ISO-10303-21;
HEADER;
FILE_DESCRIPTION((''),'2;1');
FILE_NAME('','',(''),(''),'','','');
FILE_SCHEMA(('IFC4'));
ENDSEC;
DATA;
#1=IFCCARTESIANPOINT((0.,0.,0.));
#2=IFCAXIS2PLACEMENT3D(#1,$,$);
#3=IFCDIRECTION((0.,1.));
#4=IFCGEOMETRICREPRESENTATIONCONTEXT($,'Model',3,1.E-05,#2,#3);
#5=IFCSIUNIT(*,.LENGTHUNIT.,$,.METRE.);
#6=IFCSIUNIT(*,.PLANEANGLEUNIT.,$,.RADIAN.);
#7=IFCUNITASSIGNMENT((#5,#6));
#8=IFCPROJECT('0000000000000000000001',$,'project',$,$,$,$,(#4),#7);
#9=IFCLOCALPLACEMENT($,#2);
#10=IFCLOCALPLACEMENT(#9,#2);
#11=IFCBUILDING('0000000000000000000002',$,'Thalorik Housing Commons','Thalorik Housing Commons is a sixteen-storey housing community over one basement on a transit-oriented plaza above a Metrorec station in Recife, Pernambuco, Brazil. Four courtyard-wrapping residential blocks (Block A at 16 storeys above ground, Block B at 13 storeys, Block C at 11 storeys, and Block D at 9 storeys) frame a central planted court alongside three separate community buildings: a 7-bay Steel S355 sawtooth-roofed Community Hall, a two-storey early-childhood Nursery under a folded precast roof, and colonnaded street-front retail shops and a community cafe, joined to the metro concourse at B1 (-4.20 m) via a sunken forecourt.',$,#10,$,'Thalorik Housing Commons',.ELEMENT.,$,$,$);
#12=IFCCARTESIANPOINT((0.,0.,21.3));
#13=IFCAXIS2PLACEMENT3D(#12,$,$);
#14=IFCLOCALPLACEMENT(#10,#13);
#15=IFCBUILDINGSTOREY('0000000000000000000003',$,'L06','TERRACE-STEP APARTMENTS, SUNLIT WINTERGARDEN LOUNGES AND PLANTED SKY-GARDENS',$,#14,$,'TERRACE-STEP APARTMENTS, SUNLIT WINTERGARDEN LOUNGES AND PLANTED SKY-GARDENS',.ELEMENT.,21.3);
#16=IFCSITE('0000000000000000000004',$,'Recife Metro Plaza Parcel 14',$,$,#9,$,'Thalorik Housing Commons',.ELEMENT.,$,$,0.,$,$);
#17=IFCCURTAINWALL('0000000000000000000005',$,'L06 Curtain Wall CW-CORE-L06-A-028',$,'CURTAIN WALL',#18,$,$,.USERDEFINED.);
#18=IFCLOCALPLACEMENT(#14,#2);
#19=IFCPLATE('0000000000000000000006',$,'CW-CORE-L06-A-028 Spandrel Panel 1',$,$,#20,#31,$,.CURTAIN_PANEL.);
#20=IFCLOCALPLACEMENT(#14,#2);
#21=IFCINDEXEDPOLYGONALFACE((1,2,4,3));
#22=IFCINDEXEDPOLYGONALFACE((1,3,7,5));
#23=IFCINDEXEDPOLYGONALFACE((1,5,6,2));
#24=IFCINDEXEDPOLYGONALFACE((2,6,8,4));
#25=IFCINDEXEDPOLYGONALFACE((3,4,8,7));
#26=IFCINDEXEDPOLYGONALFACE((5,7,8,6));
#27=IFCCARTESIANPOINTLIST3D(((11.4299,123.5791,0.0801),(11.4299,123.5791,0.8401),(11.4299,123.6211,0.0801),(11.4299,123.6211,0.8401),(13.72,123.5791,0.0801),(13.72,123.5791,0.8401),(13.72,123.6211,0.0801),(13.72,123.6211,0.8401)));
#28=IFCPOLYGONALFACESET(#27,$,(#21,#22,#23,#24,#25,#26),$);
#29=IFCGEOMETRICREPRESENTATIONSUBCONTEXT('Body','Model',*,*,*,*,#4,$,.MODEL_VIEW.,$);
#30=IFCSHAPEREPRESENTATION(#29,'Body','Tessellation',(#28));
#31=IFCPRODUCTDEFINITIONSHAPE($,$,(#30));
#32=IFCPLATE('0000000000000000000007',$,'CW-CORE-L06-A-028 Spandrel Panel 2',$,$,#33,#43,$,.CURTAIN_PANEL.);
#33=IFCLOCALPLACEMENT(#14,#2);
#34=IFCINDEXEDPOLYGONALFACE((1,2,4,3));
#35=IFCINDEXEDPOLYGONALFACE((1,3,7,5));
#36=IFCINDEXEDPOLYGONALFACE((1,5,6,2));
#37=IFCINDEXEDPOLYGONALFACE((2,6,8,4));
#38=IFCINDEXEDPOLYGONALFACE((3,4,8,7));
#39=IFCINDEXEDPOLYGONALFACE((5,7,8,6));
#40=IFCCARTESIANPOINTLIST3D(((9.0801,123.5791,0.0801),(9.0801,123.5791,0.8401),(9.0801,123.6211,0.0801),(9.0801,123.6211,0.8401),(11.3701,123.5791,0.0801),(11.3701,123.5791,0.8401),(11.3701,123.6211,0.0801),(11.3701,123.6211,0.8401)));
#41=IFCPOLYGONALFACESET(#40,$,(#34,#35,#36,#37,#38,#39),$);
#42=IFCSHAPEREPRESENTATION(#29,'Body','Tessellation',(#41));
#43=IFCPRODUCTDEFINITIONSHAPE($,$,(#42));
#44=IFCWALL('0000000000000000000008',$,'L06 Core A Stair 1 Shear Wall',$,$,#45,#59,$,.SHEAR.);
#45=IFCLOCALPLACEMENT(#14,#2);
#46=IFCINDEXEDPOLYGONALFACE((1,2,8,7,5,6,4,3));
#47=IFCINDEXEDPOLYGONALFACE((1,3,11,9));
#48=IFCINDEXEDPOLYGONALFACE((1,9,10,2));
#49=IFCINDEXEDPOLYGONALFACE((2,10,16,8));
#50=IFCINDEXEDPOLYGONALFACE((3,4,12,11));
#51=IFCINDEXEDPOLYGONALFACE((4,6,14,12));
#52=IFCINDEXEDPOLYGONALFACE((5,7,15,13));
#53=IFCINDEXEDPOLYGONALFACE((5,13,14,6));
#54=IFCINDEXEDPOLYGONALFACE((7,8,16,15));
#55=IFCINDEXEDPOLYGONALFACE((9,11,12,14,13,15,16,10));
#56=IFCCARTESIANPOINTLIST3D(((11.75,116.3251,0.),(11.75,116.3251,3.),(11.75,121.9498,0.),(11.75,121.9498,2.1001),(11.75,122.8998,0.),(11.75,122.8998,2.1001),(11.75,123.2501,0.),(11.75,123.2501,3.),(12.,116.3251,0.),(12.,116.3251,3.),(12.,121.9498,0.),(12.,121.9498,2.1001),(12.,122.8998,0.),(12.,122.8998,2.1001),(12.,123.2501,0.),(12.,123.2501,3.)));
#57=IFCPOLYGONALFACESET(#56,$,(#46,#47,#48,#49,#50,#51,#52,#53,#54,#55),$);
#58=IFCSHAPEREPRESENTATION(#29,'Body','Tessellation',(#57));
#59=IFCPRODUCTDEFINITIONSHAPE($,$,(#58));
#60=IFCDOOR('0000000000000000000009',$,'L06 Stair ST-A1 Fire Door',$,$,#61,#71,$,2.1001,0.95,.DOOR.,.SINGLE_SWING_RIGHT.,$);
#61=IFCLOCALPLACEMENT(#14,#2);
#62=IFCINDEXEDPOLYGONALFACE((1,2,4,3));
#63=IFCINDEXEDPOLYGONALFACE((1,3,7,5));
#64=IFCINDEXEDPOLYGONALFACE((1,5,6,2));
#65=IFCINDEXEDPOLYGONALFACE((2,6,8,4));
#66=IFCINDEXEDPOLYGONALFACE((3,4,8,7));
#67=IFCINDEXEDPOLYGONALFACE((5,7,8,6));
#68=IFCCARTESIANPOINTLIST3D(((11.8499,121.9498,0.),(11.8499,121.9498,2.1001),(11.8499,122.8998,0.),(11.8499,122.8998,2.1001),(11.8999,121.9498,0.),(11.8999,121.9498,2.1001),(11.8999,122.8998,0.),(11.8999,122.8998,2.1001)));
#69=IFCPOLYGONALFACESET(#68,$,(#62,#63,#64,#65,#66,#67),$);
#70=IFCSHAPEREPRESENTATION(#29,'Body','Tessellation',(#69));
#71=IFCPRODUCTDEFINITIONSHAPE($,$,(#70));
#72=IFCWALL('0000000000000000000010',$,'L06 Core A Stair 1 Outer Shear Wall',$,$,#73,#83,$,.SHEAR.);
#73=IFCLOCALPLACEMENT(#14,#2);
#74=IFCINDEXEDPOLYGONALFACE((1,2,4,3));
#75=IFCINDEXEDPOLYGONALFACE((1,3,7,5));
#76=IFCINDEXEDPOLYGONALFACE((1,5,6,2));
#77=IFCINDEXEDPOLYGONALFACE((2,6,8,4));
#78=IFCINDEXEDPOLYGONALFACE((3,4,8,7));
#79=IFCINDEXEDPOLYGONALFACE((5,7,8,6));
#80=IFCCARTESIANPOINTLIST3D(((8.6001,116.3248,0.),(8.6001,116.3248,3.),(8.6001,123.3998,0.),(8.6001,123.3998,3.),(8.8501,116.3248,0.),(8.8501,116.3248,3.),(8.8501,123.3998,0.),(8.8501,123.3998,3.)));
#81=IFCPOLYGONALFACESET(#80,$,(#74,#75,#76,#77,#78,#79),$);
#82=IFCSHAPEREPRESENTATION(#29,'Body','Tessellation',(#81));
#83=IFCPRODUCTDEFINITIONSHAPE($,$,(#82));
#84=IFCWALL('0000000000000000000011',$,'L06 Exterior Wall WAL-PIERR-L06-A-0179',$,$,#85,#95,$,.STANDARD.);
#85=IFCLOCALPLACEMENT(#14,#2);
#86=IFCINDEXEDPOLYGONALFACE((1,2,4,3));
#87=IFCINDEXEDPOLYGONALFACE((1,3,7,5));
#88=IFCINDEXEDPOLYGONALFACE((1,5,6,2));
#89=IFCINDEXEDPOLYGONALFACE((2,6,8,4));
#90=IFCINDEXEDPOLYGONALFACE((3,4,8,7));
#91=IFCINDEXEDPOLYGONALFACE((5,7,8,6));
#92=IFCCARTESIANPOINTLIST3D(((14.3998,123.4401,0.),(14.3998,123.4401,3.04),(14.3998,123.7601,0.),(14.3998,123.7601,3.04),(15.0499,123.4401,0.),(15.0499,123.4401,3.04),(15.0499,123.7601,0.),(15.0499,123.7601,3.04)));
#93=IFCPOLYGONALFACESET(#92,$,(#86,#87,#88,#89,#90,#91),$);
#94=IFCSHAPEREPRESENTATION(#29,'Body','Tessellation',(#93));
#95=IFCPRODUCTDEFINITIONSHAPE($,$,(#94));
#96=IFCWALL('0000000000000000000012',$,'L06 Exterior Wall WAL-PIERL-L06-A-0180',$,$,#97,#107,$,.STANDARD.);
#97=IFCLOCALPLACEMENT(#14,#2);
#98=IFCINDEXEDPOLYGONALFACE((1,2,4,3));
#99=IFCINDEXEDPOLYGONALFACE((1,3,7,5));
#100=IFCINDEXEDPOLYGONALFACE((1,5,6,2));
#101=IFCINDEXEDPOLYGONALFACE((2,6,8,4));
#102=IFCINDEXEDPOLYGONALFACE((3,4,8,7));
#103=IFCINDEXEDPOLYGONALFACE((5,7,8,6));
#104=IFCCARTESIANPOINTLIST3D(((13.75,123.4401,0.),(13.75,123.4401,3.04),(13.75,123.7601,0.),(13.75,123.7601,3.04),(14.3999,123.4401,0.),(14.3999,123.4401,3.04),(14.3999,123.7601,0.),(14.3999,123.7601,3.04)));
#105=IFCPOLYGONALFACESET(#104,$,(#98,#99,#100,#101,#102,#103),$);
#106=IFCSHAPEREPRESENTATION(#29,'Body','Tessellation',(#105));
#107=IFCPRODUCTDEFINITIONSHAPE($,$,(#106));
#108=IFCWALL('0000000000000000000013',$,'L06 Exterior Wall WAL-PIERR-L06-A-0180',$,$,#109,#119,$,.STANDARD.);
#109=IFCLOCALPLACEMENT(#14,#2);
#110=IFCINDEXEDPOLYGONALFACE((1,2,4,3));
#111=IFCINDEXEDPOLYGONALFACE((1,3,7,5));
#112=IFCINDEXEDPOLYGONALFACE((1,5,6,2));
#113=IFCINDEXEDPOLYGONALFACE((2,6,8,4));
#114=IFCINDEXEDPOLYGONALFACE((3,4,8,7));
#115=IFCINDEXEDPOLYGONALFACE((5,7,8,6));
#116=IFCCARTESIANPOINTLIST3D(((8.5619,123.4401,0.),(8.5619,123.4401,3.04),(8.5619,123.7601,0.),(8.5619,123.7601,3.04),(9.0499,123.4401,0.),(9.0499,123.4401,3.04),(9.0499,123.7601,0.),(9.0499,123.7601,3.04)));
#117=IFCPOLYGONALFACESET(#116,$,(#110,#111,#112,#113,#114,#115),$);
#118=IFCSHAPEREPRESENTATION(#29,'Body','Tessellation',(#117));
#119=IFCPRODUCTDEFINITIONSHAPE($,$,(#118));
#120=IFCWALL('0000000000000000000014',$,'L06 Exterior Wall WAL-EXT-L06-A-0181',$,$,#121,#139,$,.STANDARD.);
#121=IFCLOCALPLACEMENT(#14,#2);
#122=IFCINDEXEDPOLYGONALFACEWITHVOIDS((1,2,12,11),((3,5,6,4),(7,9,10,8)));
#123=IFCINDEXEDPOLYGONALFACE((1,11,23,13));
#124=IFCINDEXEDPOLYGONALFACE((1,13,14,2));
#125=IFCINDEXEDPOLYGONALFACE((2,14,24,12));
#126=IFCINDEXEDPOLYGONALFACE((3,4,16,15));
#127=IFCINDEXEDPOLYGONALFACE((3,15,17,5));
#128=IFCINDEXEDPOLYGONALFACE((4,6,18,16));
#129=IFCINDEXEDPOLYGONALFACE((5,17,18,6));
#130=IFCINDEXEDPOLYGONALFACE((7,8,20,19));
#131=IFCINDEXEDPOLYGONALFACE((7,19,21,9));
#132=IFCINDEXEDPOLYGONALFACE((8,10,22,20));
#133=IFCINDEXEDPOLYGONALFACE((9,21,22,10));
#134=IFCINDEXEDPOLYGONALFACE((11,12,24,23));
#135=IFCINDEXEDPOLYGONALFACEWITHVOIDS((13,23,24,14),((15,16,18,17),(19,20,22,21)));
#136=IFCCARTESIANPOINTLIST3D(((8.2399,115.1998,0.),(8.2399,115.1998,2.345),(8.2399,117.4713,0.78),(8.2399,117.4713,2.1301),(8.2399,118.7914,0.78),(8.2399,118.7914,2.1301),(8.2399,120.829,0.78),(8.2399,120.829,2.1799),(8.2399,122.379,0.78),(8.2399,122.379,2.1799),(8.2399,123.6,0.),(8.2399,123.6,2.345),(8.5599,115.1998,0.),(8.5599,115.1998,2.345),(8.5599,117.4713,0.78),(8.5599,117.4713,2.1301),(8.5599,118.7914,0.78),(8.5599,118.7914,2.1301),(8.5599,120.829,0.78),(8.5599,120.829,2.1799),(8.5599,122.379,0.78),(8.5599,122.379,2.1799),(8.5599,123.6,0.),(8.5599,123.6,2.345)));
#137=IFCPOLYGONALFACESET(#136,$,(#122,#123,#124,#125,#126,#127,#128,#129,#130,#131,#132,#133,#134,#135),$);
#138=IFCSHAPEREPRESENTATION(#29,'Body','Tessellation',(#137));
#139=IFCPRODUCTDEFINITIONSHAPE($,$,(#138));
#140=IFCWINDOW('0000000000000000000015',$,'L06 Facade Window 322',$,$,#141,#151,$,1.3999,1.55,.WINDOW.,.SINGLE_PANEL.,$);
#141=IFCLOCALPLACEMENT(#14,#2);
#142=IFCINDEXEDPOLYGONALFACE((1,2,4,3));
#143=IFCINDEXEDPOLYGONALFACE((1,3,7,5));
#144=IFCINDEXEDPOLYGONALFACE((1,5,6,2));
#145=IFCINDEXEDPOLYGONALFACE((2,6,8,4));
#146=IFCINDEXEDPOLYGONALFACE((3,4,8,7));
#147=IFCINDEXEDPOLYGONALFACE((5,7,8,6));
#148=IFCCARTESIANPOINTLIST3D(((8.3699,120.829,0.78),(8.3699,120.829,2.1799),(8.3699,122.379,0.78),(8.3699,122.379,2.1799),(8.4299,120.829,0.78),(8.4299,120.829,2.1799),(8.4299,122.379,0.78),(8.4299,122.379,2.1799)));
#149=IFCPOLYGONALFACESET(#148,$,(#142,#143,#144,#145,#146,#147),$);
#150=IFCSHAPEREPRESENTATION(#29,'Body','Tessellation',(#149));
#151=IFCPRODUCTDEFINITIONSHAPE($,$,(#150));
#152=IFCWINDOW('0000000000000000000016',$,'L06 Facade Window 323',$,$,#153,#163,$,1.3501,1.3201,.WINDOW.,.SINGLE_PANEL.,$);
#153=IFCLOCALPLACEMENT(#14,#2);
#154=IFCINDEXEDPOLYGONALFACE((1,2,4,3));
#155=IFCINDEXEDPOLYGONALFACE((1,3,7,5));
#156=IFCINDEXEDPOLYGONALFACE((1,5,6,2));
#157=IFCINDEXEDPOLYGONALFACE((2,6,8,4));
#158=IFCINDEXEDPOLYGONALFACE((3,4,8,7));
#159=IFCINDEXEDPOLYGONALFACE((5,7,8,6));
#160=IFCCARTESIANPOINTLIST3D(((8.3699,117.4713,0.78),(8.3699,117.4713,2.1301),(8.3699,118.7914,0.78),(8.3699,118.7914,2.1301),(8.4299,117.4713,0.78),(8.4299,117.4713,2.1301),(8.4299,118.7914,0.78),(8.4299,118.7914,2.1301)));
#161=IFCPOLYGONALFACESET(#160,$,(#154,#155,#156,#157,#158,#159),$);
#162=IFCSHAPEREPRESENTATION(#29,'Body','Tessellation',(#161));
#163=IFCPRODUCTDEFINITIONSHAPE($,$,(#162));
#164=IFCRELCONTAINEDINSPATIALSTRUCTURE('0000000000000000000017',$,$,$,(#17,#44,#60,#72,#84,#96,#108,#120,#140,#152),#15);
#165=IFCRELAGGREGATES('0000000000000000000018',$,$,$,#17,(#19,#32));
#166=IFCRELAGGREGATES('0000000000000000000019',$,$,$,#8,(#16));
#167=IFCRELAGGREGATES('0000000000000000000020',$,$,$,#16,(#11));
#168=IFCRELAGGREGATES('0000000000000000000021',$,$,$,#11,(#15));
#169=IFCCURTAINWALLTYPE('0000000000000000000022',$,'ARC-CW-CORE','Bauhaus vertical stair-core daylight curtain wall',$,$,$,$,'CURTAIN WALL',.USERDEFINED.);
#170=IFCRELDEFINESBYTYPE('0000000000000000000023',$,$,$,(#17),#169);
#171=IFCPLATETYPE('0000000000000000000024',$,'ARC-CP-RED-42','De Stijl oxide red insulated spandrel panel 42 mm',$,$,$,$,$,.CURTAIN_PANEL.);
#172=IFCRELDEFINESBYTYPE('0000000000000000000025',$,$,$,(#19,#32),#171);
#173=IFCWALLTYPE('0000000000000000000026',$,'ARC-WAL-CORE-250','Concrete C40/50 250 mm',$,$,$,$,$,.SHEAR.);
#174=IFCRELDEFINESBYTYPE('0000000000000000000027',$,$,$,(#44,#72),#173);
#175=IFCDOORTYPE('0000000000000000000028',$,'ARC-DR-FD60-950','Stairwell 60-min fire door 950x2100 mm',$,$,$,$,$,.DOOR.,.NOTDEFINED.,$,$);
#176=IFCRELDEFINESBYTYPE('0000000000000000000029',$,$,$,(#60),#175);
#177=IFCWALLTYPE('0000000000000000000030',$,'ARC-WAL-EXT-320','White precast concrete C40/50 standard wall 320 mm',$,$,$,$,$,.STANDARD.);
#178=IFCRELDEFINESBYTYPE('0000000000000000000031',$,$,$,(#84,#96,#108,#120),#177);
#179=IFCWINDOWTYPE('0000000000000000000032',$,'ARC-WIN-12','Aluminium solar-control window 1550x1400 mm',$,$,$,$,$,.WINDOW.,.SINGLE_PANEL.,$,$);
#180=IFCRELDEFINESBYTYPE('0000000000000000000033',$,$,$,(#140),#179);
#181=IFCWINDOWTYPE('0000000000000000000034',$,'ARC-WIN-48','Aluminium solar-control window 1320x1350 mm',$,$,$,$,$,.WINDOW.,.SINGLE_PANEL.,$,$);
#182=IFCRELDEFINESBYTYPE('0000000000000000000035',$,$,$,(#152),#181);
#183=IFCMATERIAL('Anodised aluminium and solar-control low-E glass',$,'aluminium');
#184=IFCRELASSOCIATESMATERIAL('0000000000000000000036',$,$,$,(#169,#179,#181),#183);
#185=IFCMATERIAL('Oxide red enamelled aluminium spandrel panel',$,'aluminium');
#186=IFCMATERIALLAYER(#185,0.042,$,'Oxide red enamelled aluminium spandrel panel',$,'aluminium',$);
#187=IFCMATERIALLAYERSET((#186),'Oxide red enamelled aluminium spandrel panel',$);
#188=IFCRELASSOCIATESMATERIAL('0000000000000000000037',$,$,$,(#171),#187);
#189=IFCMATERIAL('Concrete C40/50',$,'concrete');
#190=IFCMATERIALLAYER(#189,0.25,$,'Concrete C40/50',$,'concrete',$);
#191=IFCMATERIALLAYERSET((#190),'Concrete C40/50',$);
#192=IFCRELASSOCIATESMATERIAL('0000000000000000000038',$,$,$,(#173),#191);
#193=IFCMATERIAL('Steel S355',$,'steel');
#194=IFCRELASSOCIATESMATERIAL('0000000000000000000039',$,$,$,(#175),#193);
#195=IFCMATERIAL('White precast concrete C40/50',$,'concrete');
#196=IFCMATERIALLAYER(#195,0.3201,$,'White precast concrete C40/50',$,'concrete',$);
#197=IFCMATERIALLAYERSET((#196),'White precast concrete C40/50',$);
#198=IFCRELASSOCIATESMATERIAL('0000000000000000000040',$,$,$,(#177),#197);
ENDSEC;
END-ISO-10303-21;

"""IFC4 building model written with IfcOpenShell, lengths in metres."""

from ifc_helpers import new_model, si_unit, direction, frame, frame_2d, origin, origin_2d, place, context, subcontext, project, spatial, rectangle, extrude, material, layer, layer_set, type_object, element, fill, aggregate, save


model = new_model("IFC4")

# Units and contexts
model_context = context("Model", 3, precision=1e-05, world=origin(), true_north=direction((0.0, 1.0)))
body_context = subcontext(model_context, "Body", "Model", "MODEL_VIEW")
ifc_project = project(units=[si_unit("LENGTHUNIT", "METRE"), si_unit("PLANEANGLEUNIT", "RADIAN")], contexts=[model_context])

# Site, building, storey
site_placement = place(None, origin())
site = spatial("IfcSite", under=ifc_project, at=site_placement, Name="Recife Metro Plaza Parcel 14", LongName="Thalorik Housing Commons", CompositionType="ELEMENT", RefElevation=0.0)
building_placement = place(site_placement, origin())
building = spatial("IfcBuilding", under=site, at=building_placement, Name="Thalorik Housing Commons", Description="Thalorik Housing Commons is a sixteen-storey housing community over one basement on a transit-oriented plaza above a Metrorec station in Recife, Pernambuco, Brazil. Four courtyard-wrapping residential blocks (Block A at 16 storeys above ground, Block B at 13 storeys, Block C at 11 storeys, and Block D at 9 storeys) frame a central planted court alongside three separate community buildings: a 7-bay Steel S355 sawtooth-roofed Community Hall, a two-storey early-childhood Nursery under a folded precast roof, and colonnaded street-front retail shops and a community cafe, joined to the metro concourse at B1 (-4.20 m) via a sunken forecourt.", LongName="Thalorik Housing Commons", CompositionType="ELEMENT")
storey_placement = place(building_placement, frame((0.0, 0.0, 21.3)))
storey = spatial("IfcBuildingStorey", under=building, at=storey_placement, Name="L06", Description="TERRACE-STEP APARTMENTS, SUNLIT WINTERGARDEN LOUNGES AND PLANTED SKY-GARDENS", LongName="TERRACE-STEP APARTMENTS, SUNLIT WINTERGARDEN LOUNGES AND PLANTED SKY-GARDENS", CompositionType="ELEMENT", Elevation=21.3)

# Shared definitions
ifc_material_1 = material(Name="Anodised aluminium and solar-control low-E glass", Category="aluminium")
curtain_wall_type = type_object("IfcCurtainWallType", Name="ARC-CW-CORE", Description="Bauhaus vertical stair-core daylight curtain wall", ElementType="CURTAIN WALL", PredefinedType="USERDEFINED", material=ifc_material_1)

# Curtain wall
curtain_wall_1_placement = place(storey_placement, origin())
curtain_wall_1 = element("IfcCurtainWall", 1, at=curtain_wall_1_placement, inside=storey, type_object=curtain_wall_type, Name="L06 Curtain Wall CW-CORE-L06-A-028", ObjectType="CURTAIN WALL", PredefinedType="USERDEFINED")

# Plates
ifc_material_2 = material(Name="Oxide red enamelled aluminium spandrel panel", Category="aluminium")
ifc_layer_1 = layer(ifc_material_2, 0.042, Name="Oxide red enamelled aluminium spandrel panel", Category="aluminium")
ifc_layer_set_1 = layer_set([ifc_layer_1], Name="Oxide red enamelled aluminium spandrel panel")
plate_type_1 = type_object("IfcPlateType", Name="ARC-CP-RED-42", Description="De Stijl oxide red insulated spandrel panel 42 mm", PredefinedType="CURTAIN_PANEL", material=ifc_layer_set_1)
plate_1_placement = place(storey_placement, frame((12.575, 123.6001, 0.0801), z_axis=(0.0, 0.0, 1.0), x_axis=(-1.0, 0.0, 0.0)))
plate_1 = element("IfcPlate", 2, at=plate_1_placement, type_object=plate_type_1, Name="CW-CORE-L06-A-028 Spandrel Panel 1", PredefinedType="CURTAIN_PANEL", context=body_context, shape_type="SweptSolid", body=[
    extrude(rectangle(XDim=2.29, YDim=0.042, at=origin_2d()), origin(), (0.0, 0.0, 1.0), 0.76),
])
plate_2_placement = place(storey_placement, frame((10.2251, 123.6001, 0.0801), z_axis=(0.0, 0.0, 1.0), x_axis=(-1.0, 0.0, 0.0)))
plate_2 = element("IfcPlate", 3, at=plate_2_placement, type_object=plate_type_1, Name="CW-CORE-L06-A-028 Spandrel Panel 2", PredefinedType="CURTAIN_PANEL", context=body_context, shape_type="SweptSolid", body=[
    extrude(rectangle(XDim=2.29, YDim=0.042, at=origin_2d()), origin(), (0.0, 0.0, 1.0), 0.76),
])
aggregate(curtain_wall_1, [plate_1, plate_2])

# Wall, opening, door
ifc_material_3 = material(Name="Concrete C40/50", Category="concrete")
ifc_layer_2 = layer(ifc_material_3, 0.25, Name="Concrete C40/50", Category="concrete")
ifc_layer_set_2 = layer_set([ifc_layer_2], Name="Concrete C40/50")
wall_type_1 = type_object("IfcWallType", Name="ARC-WAL-CORE-250", Description="Concrete C40/50 250 mm", PredefinedType="SHEAR", material=ifc_layer_set_2)
wall_1_placement = place(storey_placement, frame((11.875, 123.25, 0.0), z_axis=(0.0, 0.0, 1.0), x_axis=(0.0, -1.0, 0.0)))
wall_1 = element("IfcWall", 4, at=wall_1_placement, inside=storey, type_object=wall_type_1, Name="L06 Core A Stair 1 Shear Wall", PredefinedType="SHEAR", context=body_context, shape_type="SweptSolid", body=[
    extrude(rectangle(XDim=6.925, YDim=0.25, at=frame_2d((3.4624, 0.0))), origin(), (0.0, 0.0, 1.0), 3.0),
])
opening_1_placement = place(wall_1_placement, frame((0.3501, 0.0, 0.0)))
opening_1 = element("IfcOpeningElement", 5, at=opening_1_placement, cuts=wall_1, PredefinedType="OPENING", context=body_context, shape_type="SweptSolid", body=[
    extrude(rectangle(XDim=0.95, YDim=2.1001, at=frame_2d((0.4751, 1.05))), frame((0.0, 0.135, 0.0), z_axis=(0.0, -1.0, 0.0), x_axis=(1.0, 0.0, 0.0)), (0.0, 0.0, 1.0), 0.27),
])
ifc_material_4 = material(Name="Steel S355", Category="steel")
door_type = type_object("IfcDoorType", Name="ARC-DR-FD60-950", Description="Stairwell 60-min fire door 950x2100 mm", OperationType="NOTDEFINED", PredefinedType="DOOR", material=ifc_material_4)
door_placement = place(opening_1_placement, origin())
door = element("IfcDoor", 6, at=door_placement, inside=storey, type_object=door_type, Name="L06 Stair ST-A1 Fire Door", OperationType="SINGLE_SWING_RIGHT", OverallHeight=2.1001, OverallWidth=0.95, PredefinedType="DOOR", context=body_context, shape_type="SweptSolid", body=[
    extrude(rectangle(XDim=0.95, YDim=2.1001, at=frame_2d((0.4751, 1.05))), frame((0.0, 0.0249, 0.0), z_axis=(0.0, -1.0, 0.0), x_axis=(1.0, 0.0, 0.0)), (0.0, 0.0, 1.0), 0.05),
])
fill(opening_1, door)

# Walls
wall_2_placement = place(storey_placement, frame((8.7251, 123.3999, 0.0), z_axis=(0.0, 0.0, 1.0), x_axis=(0.0, -1.0, 0.0)))
element("IfcWall", 7, at=wall_2_placement, inside=storey, type_object=wall_type_1, Name="L06 Core A Stair 1 Outer Shear Wall", PredefinedType="SHEAR", context=body_context, shape_type="SweptSolid", body=[
    extrude(rectangle(XDim=7.075, YDim=0.25, at=frame_2d((3.5376, 0.0))), origin(), (0.0, 0.0, 1.0), 3.0),
])
ifc_material_5 = material(Name="White precast concrete C40/50", Category="concrete")
ifc_layer_3 = layer(ifc_material_5, 0.3201, Name="White precast concrete C40/50", Category="concrete")
ifc_layer_set_3 = layer_set([ifc_layer_3], Name="White precast concrete C40/50")
wall_type_2 = type_object("IfcWallType", Name="ARC-WAL-EXT-320", Description="White precast concrete C40/50 standard wall 320 mm", PredefinedType="STANDARD", material=ifc_layer_set_3)
wall_3_placement = place(storey_placement, frame((15.05, 123.6001, 0.0), z_axis=(0.0, 0.0, 1.0), x_axis=(-1.0, 0.0, 0.0)))
element("IfcWall", 8, at=wall_3_placement, inside=storey, type_object=wall_type_2, Name="L06 Exterior Wall WAL-PIERR-L06-A-0179", PredefinedType="STANDARD", context=body_context, shape_type="SweptSolid", body=[
    extrude(rectangle(XDim=0.6501, YDim=0.3201, at=frame_2d((0.3252, 0.0))), origin(), (0.0, 0.0, 1.0), 3.04),
])
wall_4_placement = place(storey_placement, frame((14.3999, 123.6001, 0.0), z_axis=(0.0, 0.0, 1.0), x_axis=(-1.0, 0.0, 0.0)))
element("IfcWall", 9, at=wall_4_placement, inside=storey, type_object=wall_type_2, Name="L06 Exterior Wall WAL-PIERL-L06-A-0180", PredefinedType="STANDARD", context=body_context, shape_type="SweptSolid", body=[
    extrude(rectangle(XDim=0.6499, YDim=0.3201, at=frame_2d((0.325, 0.0))), origin(), (0.0, 0.0, 1.0), 3.04),
])
wall_5_placement = place(storey_placement, frame((9.05, 123.6001, 0.0), z_axis=(0.0, 0.0, 1.0), x_axis=(-1.0, 0.0, 0.0)))
element("IfcWall", 10, at=wall_5_placement, inside=storey, type_object=wall_type_2, Name="L06 Exterior Wall WAL-PIERR-L06-A-0180", PredefinedType="STANDARD", context=body_context, shape_type="SweptSolid", body=[
    extrude(rectangle(XDim=0.488, YDim=0.3201, at=frame_2d((0.2441, 0.0))), origin(), (0.0, 0.0, 1.0), 3.04),
])

# Wall, openings, windows
wall_6_placement = place(storey_placement, frame((8.3999, 123.6001, 0.0), z_axis=(0.0, 0.0, 1.0), x_axis=(0.0, -1.0, 0.0)))
wall_6 = element("IfcWall", 11, at=wall_6_placement, inside=storey, type_object=wall_type_2, Name="L06 Exterior Wall WAL-EXT-L06-A-0181", PredefinedType="STANDARD", context=body_context, shape_type="SweptSolid", body=[
    extrude(rectangle(XDim=8.4001, YDim=0.3201, at=frame_2d((4.2002, 0.0))), origin(), (0.0, 0.0, 1.0), 2.345),
])
opening_2_placement = place(wall_6_placement, frame((1.2212, 0.0, 0.78)))
opening_2 = element("IfcOpeningElement", 12, at=opening_2_placement, cuts=wall_6, PredefinedType="OPENING", context=body_context, shape_type="SweptSolid", body=[
    extrude(rectangle(XDim=1.55, YDim=1.3999, at=frame_2d((0.7749, 0.7))), frame((0.0, 0.1699, 0.0), z_axis=(0.0, -1.0, 0.0), x_axis=(1.0, 0.0, 0.0)), (0.0, 0.0, 1.0), 0.3401),
])
opening_3_placement = place(wall_6_placement, frame((4.8086, 0.0, 0.78)))
opening_3 = element("IfcOpeningElement", 13, at=opening_3_placement, cuts=wall_6, PredefinedType="OPENING", context=body_context, shape_type="SweptSolid", body=[
    extrude(rectangle(XDim=1.3201, YDim=1.3501, at=frame_2d((0.6602, 0.675))), frame((0.0, 0.1699, 0.0), z_axis=(0.0, -1.0, 0.0), x_axis=(1.0, 0.0, 0.0)), (0.0, 0.0, 1.0), 0.3401),
])
window_type_1 = type_object("IfcWindowType", Name="ARC-WIN-12", Description="Aluminium solar-control window 1550x1400 mm", PartitioningType="SINGLE_PANEL", PredefinedType="WINDOW", material=ifc_material_1)
window_1_placement = place(opening_2_placement, origin())
window_1 = element("IfcWindow", 14, at=window_1_placement, inside=storey, type_object=window_type_1, Name="L06 Facade Window 322", OverallHeight=1.3999, OverallWidth=1.55, PartitioningType="SINGLE_PANEL", PredefinedType="WINDOW", context=body_context, shape_type="SweptSolid", body=[
    extrude(rectangle(XDim=1.55, YDim=1.3999, at=frame_2d((0.7749, 0.7))), frame((0.0, 0.03, 0.0), z_axis=(0.0, -1.0, 0.0), x_axis=(1.0, 0.0, 0.0)), (0.0, 0.0, 1.0), 0.0601),
])
fill(opening_2, window_1)
window_type_2 = type_object("IfcWindowType", Name="ARC-WIN-48", Description="Aluminium solar-control window 1320x1350 mm", PartitioningType="SINGLE_PANEL", PredefinedType="WINDOW", material=ifc_material_1)
window_2_placement = place(opening_3_placement, origin())
window_2 = element("IfcWindow", 15, at=window_2_placement, inside=storey, type_object=window_type_2, Name="L06 Facade Window 323", OverallHeight=1.3501, OverallWidth=1.3201, PartitioningType="SINGLE_PANEL", PredefinedType="WINDOW", context=body_context, shape_type="SweptSolid", body=[
    extrude(rectangle(XDim=1.3201, YDim=1.3501, at=frame_2d((0.6602, 0.675))), frame((0.0, 0.03, 0.0), z_axis=(0.0, -1.0, 0.0), x_axis=(1.0, 0.0, 0.0)), (0.0, 0.0, 1.0), 0.0601),
])
fill(opening_3, window_2)

save(model, "model.ifc")
